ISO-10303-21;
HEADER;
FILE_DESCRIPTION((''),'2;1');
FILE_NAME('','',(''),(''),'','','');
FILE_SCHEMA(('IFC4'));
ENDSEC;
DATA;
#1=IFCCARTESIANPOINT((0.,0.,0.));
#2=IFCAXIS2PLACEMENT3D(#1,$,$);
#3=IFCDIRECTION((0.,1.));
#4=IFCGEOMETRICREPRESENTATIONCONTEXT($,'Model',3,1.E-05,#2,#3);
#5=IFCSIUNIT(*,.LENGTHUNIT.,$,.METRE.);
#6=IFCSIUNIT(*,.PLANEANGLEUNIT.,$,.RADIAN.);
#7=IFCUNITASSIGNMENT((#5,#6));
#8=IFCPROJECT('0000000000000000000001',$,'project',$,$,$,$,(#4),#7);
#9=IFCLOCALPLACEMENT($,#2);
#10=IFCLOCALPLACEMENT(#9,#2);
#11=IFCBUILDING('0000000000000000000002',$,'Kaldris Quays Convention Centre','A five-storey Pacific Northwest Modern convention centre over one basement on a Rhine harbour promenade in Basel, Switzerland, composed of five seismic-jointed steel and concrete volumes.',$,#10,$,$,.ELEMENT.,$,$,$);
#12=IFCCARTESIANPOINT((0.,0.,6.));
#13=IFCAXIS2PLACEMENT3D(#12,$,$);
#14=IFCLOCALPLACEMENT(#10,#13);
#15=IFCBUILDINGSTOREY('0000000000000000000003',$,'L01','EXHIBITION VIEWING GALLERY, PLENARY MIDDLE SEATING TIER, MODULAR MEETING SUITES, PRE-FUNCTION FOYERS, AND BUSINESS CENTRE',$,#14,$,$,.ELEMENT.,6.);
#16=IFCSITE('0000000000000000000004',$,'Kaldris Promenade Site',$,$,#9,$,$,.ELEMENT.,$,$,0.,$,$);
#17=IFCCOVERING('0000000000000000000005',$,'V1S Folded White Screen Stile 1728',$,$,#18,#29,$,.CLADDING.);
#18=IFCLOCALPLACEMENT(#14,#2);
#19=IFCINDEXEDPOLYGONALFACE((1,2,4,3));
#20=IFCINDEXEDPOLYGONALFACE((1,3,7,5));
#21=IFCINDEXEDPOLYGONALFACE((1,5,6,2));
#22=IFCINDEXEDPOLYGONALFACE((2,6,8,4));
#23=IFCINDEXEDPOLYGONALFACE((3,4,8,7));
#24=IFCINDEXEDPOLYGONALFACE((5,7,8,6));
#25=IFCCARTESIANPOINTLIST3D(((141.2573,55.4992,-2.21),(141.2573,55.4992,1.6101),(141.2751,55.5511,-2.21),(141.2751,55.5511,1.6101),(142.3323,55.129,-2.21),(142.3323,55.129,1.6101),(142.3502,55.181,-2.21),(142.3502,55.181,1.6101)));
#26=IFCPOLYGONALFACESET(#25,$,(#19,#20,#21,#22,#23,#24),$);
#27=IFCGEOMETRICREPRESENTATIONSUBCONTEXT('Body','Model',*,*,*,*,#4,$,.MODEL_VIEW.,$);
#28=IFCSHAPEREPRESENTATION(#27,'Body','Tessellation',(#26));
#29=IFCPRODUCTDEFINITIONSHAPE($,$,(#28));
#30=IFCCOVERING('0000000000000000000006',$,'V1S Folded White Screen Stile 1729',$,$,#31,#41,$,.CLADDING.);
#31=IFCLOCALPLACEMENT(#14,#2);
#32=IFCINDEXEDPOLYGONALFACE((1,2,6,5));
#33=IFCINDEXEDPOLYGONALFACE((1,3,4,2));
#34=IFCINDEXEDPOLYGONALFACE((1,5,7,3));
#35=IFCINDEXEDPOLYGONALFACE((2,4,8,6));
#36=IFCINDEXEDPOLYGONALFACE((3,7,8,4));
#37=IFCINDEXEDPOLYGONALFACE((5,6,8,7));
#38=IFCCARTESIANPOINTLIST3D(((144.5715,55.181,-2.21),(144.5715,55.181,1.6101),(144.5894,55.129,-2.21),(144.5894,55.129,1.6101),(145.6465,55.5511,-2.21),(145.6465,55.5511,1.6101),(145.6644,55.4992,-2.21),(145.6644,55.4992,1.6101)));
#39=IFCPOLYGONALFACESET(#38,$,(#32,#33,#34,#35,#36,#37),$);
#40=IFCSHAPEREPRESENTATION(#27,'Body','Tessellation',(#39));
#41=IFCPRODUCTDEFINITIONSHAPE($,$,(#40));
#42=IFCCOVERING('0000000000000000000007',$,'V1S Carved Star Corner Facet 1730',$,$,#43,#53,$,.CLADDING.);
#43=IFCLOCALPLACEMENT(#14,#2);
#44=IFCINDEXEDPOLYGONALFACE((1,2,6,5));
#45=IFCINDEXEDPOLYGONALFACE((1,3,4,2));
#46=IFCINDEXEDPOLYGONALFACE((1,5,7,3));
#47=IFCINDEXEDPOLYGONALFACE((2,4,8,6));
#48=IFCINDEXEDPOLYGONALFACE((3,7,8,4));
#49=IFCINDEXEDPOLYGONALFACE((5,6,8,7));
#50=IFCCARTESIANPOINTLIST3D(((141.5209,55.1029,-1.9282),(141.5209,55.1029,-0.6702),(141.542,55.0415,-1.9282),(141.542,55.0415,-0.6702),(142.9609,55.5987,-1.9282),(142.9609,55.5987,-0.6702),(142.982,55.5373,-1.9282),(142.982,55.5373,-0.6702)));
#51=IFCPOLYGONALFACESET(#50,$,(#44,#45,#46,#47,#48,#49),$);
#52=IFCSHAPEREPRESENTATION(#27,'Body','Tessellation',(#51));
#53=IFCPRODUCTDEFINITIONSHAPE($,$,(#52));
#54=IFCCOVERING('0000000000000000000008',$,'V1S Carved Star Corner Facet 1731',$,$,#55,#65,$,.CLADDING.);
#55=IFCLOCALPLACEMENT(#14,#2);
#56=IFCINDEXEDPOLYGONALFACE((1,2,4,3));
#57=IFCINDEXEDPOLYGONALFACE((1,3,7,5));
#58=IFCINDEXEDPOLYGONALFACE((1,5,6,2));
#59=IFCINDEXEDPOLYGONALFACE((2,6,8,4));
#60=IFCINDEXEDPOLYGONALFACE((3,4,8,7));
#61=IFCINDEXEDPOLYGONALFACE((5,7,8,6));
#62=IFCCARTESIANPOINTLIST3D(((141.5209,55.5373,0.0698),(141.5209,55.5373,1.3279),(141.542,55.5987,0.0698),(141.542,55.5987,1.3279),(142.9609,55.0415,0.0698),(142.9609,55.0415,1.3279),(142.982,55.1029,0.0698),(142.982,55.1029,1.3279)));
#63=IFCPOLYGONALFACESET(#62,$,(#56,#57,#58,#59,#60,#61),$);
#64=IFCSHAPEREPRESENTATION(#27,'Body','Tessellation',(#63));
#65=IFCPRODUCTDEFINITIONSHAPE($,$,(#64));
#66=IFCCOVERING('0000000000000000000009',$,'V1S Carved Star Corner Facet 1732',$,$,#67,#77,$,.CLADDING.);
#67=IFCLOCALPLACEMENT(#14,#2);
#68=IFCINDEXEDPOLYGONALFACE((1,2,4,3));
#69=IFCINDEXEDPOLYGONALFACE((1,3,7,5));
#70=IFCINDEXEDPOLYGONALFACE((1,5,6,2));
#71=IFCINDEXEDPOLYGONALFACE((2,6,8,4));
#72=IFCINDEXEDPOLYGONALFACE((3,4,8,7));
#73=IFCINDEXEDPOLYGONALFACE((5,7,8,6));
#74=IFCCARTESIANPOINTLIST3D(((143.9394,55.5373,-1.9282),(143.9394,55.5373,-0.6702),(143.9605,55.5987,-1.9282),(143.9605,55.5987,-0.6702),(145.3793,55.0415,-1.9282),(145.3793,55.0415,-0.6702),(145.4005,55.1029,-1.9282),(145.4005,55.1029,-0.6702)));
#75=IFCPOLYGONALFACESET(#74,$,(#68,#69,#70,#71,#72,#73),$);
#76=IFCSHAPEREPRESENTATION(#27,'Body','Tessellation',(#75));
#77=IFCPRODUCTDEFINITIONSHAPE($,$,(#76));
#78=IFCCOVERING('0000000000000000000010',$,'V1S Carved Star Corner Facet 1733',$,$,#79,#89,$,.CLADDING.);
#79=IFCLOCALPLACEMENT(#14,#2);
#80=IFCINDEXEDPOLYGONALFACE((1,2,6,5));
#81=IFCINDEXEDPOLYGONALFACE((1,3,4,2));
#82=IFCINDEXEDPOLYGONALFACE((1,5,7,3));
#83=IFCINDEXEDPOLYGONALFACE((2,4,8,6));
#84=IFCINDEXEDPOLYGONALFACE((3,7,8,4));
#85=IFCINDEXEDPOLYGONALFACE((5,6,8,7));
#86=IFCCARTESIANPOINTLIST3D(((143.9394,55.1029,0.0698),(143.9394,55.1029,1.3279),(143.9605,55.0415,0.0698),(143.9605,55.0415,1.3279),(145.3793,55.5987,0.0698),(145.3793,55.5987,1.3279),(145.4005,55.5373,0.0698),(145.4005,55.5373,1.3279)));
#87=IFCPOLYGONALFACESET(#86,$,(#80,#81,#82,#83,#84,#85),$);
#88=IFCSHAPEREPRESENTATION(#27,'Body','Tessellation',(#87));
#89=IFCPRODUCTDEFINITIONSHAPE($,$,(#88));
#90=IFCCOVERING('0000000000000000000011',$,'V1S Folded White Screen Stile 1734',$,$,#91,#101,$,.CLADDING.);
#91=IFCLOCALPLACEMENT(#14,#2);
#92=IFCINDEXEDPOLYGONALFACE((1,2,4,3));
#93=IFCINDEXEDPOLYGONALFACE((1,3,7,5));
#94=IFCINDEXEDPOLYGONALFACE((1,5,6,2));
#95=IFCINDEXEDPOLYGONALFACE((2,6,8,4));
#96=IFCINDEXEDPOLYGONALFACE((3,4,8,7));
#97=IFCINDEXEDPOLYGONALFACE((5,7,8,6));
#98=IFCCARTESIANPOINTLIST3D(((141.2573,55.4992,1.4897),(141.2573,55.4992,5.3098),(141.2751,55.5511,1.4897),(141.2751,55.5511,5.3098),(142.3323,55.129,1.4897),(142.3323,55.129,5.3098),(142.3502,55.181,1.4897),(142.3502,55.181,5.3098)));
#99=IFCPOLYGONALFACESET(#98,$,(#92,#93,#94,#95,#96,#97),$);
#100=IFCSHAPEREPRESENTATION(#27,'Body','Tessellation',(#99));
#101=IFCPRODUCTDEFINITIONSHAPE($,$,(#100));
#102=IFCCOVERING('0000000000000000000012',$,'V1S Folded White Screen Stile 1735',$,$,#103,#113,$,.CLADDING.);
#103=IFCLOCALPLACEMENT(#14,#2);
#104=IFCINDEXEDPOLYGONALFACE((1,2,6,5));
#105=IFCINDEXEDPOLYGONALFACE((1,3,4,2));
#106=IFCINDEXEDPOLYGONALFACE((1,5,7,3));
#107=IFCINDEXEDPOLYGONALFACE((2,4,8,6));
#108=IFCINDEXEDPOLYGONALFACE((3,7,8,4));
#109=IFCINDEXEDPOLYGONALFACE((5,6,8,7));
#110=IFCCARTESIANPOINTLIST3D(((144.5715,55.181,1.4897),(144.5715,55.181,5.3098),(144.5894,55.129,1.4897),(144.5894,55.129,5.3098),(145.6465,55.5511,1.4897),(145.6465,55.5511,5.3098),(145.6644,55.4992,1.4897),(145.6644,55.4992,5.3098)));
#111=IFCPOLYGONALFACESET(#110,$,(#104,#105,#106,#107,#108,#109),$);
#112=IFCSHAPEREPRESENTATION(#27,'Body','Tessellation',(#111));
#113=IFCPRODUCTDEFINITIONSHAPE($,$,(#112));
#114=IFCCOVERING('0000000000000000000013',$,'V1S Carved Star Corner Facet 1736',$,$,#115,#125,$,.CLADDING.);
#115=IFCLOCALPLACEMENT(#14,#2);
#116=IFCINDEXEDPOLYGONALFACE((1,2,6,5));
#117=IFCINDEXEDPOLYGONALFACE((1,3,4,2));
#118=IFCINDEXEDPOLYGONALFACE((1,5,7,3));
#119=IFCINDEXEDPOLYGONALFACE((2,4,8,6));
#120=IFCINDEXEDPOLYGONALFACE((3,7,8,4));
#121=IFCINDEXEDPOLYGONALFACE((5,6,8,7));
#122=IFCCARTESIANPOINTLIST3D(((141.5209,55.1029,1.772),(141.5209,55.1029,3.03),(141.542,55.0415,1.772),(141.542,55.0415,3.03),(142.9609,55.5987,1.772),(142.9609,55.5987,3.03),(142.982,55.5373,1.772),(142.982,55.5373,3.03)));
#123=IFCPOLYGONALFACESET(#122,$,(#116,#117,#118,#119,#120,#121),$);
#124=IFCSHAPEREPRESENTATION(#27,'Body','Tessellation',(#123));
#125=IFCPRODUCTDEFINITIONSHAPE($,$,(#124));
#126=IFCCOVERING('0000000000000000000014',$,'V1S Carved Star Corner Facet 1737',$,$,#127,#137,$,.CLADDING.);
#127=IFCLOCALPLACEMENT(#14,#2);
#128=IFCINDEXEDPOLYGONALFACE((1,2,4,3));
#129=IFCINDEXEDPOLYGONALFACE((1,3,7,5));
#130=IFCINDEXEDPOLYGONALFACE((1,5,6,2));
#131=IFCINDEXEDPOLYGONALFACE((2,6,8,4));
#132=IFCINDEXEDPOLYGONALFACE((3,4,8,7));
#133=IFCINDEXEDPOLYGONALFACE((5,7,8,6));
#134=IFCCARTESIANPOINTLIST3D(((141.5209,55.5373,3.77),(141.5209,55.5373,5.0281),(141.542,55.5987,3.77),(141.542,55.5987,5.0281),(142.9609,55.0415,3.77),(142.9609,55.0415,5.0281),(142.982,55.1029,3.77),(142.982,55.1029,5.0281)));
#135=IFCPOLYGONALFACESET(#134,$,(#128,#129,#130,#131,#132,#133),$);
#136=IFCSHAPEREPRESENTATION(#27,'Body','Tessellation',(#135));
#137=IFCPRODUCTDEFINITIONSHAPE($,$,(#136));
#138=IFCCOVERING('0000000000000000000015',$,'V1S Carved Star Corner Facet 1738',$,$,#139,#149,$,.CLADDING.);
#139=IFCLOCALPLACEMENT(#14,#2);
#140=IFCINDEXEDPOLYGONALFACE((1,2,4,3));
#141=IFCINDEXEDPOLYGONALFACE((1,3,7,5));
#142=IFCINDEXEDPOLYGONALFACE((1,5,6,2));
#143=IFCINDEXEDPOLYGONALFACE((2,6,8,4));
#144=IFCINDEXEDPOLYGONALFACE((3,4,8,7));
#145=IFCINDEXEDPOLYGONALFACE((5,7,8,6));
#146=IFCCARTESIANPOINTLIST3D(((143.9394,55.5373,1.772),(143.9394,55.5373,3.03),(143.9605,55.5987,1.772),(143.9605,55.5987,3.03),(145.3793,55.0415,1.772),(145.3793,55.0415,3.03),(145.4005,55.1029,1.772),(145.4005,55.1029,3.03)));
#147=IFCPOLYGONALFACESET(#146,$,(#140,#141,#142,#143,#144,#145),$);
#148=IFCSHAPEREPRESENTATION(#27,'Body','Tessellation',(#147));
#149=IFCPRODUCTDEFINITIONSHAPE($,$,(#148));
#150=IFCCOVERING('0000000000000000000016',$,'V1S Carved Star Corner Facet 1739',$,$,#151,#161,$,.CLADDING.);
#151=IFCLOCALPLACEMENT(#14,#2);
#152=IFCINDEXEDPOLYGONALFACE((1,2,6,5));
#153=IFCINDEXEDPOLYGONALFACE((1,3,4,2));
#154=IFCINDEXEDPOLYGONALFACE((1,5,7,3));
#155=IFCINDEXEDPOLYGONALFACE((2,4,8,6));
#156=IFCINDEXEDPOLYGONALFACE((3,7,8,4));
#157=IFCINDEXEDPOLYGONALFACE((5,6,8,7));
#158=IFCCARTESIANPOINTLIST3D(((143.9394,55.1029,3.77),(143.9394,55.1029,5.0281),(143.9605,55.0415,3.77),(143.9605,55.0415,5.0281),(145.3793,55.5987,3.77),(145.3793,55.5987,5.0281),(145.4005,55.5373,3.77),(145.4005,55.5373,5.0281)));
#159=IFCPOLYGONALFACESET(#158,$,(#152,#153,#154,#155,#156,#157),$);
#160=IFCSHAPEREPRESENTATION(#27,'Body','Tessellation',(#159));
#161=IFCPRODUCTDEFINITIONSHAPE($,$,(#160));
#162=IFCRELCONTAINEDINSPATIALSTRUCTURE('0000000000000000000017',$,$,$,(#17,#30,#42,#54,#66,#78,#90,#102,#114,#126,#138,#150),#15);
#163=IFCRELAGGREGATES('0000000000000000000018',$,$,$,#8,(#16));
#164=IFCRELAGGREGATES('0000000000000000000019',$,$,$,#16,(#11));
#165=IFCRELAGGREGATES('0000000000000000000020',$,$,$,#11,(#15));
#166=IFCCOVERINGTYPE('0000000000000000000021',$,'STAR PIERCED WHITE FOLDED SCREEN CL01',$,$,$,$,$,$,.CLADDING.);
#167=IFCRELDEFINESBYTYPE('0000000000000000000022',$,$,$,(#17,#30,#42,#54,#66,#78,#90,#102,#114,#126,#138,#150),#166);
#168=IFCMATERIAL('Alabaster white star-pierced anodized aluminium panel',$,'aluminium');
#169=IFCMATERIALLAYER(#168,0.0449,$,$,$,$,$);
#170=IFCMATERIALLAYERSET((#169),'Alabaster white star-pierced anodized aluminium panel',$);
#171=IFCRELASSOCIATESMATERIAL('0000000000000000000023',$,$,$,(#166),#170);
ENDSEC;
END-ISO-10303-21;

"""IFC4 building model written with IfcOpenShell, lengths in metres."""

from ifc_helpers import new_model, si_unit, direction, frame, origin, origin_2d, place, context, subcontext, project, spatial, rectangle, extrude, material, layer, layer_set, type_object, element, save


model = new_model("IFC4")

# Units and contexts
model_context = context("Model", 3, precision=1e-05, world=origin(), true_north=direction((0.0, 1.0)))
body_context = subcontext(model_context, "Body", "Model", "MODEL_VIEW")
ifc_project = project(units=[si_unit("LENGTHUNIT", "METRE"), si_unit("PLANEANGLEUNIT", "RADIAN")], contexts=[model_context])

# Site, building, storey
site_placement = place(None, origin())
site = spatial("IfcSite", under=ifc_project, at=site_placement, Name="Kaldris Promenade Site", CompositionType="ELEMENT", RefElevation=0.0)
building_placement = place(site_placement, origin())
building = spatial("IfcBuilding", under=site, at=building_placement, Name="Kaldris Quays Convention Centre", Description="A five-storey Pacific Northwest Modern convention centre over one basement on a Rhine harbour promenade in Basel, Switzerland, composed of five seismic-jointed steel and concrete volumes.", CompositionType="ELEMENT")
storey_placement = place(building_placement, frame((0.0, 0.0, 6.0)))
storey = spatial("IfcBuildingStorey", under=building, at=storey_placement, Name="L01", Description="EXHIBITION VIEWING GALLERY, PLENARY MIDDLE SEATING TIER, MODULAR MEETING SUITES, PRE-FUNCTION FOYERS, AND BUSINESS CENTRE", CompositionType="ELEMENT", Elevation=6.0)

# Coverings
ifc_material_1 = material(Name="Alabaster white star-pierced anodized aluminium panel", Category="aluminium")
ifc_layer_1 = layer(ifc_material_1, 0.0449)
ifc_layer_set_1 = layer_set([ifc_layer_1], Name="Alabaster white star-pierced anodized aluminium panel")
covering_type = type_object("IfcCoveringType", Name="STAR PIERCED WHITE FOLDED SCREEN CL01", PredefinedType="CLADDING", material=ifc_layer_set_1)
for number, where, z_axis, x_axis, name in (
    (1, (141.8037, 55.3401, -2.21), (0.0, 0.0, 1.0), (0.945519, -0.325568, 0.0), "V1S Folded White Screen Stile 1728"),
    (2, (145.1179, 55.3401, -2.21), (0.0, 0.0, 1.0), (0.945519, 0.325568, 0.0), "V1S Folded White Screen Stile 1729"),
):
    element("IfcCovering", number, at=place(storey_placement, frame(where, z_axis=z_axis, x_axis=x_axis)), inside=storey, type_object=covering_type, Name=name, PredefinedType="CLADDING", context=body_context, shape_type="SweptSolid", body=[
        extrude(rectangle(XDim=1.137, YDim=0.0549, at=origin_2d()), origin(), (0.0, 0.0, 1.0), 3.8201),
    ])
for number, where, z_axis, x_axis, name in (
    (3, (142.2515, 55.3201, -1.9282), (0.0, 0.0, 1.0), (0.945519, 0.325568, 0.0), "V1S Carved Star Corner Facet 1730"),
    (4, (142.2515, 55.3201, 0.0698), (0.0, 0.0, 1.0), (0.945519, -0.325568, 0.0), "V1S Carved Star Corner Facet 1731"),
    (5, (144.6699, 55.3201, -1.9282), (0.0, 0.0, 1.0), (0.945519, -0.325568, 0.0), "V1S Carved Star Corner Facet 1732"),
    (6, (144.6699, 55.3201, 0.0698), (0.0, 0.0, 1.0), (0.945519, 0.325568, 0.0), "V1S Carved Star Corner Facet 1733"),
):
    element("IfcCovering", number, at=place(storey_placement, frame(where, z_axis=z_axis, x_axis=x_axis)), inside=storey, type_object=covering_type, Name=name, PredefinedType="CLADDING", context=body_context, shape_type="SweptSolid", body=[
        extrude(rectangle(XDim=1.5229, YDim=0.0649, at=origin_2d()), origin(), (0.0, 0.0, 1.0), 1.2581),
    ])
for number, where, z_axis, x_axis, name in (
    (7, (141.8037, 55.3401, 1.4897), (0.0, 0.0, 1.0), (0.945519, -0.325568, 0.0), "V1S Folded White Screen Stile 1734"),
    (8, (145.1179, 55.3401, 1.4897), (0.0, 0.0, 1.0), (0.945519, 0.325568, 0.0), "V1S Folded White Screen Stile 1735"),
):
    element("IfcCovering", number, at=place(storey_placement, frame(where, z_axis=z_axis, x_axis=x_axis)), inside=storey, type_object=covering_type, Name=name, PredefinedType="CLADDING", context=body_context, shape_type="SweptSolid", body=[
        extrude(rectangle(XDim=1.137, YDim=0.0549, at=origin_2d()), origin(), (0.0, 0.0, 1.0), 3.8201),
    ])
for number, where, z_axis, x_axis, name in (
    (9, (142.2515, 55.3201, 1.772), (0.0, 0.0, 1.0), (0.945519, 0.325568, 0.0), "V1S Carved Star Corner Facet 1736"),
    (10, (142.2515, 55.3201, 3.77), (0.0, 0.0, 1.0), (0.945519, -0.325568, 0.0), "V1S Carved Star Corner Facet 1737"),
    (11, (144.6699, 55.3201, 1.772), (0.0, 0.0, 1.0), (0.945519, -0.325568, 0.0), "V1S Carved Star Corner Facet 1738"),
    (12, (144.6699, 55.3201, 3.77), (0.0, 0.0, 1.0), (0.945519, 0.325568, 0.0), "V1S Carved Star Corner Facet 1739"),
):
    element("IfcCovering", number, at=place(storey_placement, frame(where, z_axis=z_axis, x_axis=x_axis)), inside=storey, type_object=covering_type, Name=name, PredefinedType="CLADDING", context=body_context, shape_type="SweptSolid", body=[
        extrude(rectangle(XDim=1.5229, YDim=0.0649, at=origin_2d()), origin(), (0.0, 0.0, 1.0), 1.2581),
    ])

save(model, "model.ifc")
